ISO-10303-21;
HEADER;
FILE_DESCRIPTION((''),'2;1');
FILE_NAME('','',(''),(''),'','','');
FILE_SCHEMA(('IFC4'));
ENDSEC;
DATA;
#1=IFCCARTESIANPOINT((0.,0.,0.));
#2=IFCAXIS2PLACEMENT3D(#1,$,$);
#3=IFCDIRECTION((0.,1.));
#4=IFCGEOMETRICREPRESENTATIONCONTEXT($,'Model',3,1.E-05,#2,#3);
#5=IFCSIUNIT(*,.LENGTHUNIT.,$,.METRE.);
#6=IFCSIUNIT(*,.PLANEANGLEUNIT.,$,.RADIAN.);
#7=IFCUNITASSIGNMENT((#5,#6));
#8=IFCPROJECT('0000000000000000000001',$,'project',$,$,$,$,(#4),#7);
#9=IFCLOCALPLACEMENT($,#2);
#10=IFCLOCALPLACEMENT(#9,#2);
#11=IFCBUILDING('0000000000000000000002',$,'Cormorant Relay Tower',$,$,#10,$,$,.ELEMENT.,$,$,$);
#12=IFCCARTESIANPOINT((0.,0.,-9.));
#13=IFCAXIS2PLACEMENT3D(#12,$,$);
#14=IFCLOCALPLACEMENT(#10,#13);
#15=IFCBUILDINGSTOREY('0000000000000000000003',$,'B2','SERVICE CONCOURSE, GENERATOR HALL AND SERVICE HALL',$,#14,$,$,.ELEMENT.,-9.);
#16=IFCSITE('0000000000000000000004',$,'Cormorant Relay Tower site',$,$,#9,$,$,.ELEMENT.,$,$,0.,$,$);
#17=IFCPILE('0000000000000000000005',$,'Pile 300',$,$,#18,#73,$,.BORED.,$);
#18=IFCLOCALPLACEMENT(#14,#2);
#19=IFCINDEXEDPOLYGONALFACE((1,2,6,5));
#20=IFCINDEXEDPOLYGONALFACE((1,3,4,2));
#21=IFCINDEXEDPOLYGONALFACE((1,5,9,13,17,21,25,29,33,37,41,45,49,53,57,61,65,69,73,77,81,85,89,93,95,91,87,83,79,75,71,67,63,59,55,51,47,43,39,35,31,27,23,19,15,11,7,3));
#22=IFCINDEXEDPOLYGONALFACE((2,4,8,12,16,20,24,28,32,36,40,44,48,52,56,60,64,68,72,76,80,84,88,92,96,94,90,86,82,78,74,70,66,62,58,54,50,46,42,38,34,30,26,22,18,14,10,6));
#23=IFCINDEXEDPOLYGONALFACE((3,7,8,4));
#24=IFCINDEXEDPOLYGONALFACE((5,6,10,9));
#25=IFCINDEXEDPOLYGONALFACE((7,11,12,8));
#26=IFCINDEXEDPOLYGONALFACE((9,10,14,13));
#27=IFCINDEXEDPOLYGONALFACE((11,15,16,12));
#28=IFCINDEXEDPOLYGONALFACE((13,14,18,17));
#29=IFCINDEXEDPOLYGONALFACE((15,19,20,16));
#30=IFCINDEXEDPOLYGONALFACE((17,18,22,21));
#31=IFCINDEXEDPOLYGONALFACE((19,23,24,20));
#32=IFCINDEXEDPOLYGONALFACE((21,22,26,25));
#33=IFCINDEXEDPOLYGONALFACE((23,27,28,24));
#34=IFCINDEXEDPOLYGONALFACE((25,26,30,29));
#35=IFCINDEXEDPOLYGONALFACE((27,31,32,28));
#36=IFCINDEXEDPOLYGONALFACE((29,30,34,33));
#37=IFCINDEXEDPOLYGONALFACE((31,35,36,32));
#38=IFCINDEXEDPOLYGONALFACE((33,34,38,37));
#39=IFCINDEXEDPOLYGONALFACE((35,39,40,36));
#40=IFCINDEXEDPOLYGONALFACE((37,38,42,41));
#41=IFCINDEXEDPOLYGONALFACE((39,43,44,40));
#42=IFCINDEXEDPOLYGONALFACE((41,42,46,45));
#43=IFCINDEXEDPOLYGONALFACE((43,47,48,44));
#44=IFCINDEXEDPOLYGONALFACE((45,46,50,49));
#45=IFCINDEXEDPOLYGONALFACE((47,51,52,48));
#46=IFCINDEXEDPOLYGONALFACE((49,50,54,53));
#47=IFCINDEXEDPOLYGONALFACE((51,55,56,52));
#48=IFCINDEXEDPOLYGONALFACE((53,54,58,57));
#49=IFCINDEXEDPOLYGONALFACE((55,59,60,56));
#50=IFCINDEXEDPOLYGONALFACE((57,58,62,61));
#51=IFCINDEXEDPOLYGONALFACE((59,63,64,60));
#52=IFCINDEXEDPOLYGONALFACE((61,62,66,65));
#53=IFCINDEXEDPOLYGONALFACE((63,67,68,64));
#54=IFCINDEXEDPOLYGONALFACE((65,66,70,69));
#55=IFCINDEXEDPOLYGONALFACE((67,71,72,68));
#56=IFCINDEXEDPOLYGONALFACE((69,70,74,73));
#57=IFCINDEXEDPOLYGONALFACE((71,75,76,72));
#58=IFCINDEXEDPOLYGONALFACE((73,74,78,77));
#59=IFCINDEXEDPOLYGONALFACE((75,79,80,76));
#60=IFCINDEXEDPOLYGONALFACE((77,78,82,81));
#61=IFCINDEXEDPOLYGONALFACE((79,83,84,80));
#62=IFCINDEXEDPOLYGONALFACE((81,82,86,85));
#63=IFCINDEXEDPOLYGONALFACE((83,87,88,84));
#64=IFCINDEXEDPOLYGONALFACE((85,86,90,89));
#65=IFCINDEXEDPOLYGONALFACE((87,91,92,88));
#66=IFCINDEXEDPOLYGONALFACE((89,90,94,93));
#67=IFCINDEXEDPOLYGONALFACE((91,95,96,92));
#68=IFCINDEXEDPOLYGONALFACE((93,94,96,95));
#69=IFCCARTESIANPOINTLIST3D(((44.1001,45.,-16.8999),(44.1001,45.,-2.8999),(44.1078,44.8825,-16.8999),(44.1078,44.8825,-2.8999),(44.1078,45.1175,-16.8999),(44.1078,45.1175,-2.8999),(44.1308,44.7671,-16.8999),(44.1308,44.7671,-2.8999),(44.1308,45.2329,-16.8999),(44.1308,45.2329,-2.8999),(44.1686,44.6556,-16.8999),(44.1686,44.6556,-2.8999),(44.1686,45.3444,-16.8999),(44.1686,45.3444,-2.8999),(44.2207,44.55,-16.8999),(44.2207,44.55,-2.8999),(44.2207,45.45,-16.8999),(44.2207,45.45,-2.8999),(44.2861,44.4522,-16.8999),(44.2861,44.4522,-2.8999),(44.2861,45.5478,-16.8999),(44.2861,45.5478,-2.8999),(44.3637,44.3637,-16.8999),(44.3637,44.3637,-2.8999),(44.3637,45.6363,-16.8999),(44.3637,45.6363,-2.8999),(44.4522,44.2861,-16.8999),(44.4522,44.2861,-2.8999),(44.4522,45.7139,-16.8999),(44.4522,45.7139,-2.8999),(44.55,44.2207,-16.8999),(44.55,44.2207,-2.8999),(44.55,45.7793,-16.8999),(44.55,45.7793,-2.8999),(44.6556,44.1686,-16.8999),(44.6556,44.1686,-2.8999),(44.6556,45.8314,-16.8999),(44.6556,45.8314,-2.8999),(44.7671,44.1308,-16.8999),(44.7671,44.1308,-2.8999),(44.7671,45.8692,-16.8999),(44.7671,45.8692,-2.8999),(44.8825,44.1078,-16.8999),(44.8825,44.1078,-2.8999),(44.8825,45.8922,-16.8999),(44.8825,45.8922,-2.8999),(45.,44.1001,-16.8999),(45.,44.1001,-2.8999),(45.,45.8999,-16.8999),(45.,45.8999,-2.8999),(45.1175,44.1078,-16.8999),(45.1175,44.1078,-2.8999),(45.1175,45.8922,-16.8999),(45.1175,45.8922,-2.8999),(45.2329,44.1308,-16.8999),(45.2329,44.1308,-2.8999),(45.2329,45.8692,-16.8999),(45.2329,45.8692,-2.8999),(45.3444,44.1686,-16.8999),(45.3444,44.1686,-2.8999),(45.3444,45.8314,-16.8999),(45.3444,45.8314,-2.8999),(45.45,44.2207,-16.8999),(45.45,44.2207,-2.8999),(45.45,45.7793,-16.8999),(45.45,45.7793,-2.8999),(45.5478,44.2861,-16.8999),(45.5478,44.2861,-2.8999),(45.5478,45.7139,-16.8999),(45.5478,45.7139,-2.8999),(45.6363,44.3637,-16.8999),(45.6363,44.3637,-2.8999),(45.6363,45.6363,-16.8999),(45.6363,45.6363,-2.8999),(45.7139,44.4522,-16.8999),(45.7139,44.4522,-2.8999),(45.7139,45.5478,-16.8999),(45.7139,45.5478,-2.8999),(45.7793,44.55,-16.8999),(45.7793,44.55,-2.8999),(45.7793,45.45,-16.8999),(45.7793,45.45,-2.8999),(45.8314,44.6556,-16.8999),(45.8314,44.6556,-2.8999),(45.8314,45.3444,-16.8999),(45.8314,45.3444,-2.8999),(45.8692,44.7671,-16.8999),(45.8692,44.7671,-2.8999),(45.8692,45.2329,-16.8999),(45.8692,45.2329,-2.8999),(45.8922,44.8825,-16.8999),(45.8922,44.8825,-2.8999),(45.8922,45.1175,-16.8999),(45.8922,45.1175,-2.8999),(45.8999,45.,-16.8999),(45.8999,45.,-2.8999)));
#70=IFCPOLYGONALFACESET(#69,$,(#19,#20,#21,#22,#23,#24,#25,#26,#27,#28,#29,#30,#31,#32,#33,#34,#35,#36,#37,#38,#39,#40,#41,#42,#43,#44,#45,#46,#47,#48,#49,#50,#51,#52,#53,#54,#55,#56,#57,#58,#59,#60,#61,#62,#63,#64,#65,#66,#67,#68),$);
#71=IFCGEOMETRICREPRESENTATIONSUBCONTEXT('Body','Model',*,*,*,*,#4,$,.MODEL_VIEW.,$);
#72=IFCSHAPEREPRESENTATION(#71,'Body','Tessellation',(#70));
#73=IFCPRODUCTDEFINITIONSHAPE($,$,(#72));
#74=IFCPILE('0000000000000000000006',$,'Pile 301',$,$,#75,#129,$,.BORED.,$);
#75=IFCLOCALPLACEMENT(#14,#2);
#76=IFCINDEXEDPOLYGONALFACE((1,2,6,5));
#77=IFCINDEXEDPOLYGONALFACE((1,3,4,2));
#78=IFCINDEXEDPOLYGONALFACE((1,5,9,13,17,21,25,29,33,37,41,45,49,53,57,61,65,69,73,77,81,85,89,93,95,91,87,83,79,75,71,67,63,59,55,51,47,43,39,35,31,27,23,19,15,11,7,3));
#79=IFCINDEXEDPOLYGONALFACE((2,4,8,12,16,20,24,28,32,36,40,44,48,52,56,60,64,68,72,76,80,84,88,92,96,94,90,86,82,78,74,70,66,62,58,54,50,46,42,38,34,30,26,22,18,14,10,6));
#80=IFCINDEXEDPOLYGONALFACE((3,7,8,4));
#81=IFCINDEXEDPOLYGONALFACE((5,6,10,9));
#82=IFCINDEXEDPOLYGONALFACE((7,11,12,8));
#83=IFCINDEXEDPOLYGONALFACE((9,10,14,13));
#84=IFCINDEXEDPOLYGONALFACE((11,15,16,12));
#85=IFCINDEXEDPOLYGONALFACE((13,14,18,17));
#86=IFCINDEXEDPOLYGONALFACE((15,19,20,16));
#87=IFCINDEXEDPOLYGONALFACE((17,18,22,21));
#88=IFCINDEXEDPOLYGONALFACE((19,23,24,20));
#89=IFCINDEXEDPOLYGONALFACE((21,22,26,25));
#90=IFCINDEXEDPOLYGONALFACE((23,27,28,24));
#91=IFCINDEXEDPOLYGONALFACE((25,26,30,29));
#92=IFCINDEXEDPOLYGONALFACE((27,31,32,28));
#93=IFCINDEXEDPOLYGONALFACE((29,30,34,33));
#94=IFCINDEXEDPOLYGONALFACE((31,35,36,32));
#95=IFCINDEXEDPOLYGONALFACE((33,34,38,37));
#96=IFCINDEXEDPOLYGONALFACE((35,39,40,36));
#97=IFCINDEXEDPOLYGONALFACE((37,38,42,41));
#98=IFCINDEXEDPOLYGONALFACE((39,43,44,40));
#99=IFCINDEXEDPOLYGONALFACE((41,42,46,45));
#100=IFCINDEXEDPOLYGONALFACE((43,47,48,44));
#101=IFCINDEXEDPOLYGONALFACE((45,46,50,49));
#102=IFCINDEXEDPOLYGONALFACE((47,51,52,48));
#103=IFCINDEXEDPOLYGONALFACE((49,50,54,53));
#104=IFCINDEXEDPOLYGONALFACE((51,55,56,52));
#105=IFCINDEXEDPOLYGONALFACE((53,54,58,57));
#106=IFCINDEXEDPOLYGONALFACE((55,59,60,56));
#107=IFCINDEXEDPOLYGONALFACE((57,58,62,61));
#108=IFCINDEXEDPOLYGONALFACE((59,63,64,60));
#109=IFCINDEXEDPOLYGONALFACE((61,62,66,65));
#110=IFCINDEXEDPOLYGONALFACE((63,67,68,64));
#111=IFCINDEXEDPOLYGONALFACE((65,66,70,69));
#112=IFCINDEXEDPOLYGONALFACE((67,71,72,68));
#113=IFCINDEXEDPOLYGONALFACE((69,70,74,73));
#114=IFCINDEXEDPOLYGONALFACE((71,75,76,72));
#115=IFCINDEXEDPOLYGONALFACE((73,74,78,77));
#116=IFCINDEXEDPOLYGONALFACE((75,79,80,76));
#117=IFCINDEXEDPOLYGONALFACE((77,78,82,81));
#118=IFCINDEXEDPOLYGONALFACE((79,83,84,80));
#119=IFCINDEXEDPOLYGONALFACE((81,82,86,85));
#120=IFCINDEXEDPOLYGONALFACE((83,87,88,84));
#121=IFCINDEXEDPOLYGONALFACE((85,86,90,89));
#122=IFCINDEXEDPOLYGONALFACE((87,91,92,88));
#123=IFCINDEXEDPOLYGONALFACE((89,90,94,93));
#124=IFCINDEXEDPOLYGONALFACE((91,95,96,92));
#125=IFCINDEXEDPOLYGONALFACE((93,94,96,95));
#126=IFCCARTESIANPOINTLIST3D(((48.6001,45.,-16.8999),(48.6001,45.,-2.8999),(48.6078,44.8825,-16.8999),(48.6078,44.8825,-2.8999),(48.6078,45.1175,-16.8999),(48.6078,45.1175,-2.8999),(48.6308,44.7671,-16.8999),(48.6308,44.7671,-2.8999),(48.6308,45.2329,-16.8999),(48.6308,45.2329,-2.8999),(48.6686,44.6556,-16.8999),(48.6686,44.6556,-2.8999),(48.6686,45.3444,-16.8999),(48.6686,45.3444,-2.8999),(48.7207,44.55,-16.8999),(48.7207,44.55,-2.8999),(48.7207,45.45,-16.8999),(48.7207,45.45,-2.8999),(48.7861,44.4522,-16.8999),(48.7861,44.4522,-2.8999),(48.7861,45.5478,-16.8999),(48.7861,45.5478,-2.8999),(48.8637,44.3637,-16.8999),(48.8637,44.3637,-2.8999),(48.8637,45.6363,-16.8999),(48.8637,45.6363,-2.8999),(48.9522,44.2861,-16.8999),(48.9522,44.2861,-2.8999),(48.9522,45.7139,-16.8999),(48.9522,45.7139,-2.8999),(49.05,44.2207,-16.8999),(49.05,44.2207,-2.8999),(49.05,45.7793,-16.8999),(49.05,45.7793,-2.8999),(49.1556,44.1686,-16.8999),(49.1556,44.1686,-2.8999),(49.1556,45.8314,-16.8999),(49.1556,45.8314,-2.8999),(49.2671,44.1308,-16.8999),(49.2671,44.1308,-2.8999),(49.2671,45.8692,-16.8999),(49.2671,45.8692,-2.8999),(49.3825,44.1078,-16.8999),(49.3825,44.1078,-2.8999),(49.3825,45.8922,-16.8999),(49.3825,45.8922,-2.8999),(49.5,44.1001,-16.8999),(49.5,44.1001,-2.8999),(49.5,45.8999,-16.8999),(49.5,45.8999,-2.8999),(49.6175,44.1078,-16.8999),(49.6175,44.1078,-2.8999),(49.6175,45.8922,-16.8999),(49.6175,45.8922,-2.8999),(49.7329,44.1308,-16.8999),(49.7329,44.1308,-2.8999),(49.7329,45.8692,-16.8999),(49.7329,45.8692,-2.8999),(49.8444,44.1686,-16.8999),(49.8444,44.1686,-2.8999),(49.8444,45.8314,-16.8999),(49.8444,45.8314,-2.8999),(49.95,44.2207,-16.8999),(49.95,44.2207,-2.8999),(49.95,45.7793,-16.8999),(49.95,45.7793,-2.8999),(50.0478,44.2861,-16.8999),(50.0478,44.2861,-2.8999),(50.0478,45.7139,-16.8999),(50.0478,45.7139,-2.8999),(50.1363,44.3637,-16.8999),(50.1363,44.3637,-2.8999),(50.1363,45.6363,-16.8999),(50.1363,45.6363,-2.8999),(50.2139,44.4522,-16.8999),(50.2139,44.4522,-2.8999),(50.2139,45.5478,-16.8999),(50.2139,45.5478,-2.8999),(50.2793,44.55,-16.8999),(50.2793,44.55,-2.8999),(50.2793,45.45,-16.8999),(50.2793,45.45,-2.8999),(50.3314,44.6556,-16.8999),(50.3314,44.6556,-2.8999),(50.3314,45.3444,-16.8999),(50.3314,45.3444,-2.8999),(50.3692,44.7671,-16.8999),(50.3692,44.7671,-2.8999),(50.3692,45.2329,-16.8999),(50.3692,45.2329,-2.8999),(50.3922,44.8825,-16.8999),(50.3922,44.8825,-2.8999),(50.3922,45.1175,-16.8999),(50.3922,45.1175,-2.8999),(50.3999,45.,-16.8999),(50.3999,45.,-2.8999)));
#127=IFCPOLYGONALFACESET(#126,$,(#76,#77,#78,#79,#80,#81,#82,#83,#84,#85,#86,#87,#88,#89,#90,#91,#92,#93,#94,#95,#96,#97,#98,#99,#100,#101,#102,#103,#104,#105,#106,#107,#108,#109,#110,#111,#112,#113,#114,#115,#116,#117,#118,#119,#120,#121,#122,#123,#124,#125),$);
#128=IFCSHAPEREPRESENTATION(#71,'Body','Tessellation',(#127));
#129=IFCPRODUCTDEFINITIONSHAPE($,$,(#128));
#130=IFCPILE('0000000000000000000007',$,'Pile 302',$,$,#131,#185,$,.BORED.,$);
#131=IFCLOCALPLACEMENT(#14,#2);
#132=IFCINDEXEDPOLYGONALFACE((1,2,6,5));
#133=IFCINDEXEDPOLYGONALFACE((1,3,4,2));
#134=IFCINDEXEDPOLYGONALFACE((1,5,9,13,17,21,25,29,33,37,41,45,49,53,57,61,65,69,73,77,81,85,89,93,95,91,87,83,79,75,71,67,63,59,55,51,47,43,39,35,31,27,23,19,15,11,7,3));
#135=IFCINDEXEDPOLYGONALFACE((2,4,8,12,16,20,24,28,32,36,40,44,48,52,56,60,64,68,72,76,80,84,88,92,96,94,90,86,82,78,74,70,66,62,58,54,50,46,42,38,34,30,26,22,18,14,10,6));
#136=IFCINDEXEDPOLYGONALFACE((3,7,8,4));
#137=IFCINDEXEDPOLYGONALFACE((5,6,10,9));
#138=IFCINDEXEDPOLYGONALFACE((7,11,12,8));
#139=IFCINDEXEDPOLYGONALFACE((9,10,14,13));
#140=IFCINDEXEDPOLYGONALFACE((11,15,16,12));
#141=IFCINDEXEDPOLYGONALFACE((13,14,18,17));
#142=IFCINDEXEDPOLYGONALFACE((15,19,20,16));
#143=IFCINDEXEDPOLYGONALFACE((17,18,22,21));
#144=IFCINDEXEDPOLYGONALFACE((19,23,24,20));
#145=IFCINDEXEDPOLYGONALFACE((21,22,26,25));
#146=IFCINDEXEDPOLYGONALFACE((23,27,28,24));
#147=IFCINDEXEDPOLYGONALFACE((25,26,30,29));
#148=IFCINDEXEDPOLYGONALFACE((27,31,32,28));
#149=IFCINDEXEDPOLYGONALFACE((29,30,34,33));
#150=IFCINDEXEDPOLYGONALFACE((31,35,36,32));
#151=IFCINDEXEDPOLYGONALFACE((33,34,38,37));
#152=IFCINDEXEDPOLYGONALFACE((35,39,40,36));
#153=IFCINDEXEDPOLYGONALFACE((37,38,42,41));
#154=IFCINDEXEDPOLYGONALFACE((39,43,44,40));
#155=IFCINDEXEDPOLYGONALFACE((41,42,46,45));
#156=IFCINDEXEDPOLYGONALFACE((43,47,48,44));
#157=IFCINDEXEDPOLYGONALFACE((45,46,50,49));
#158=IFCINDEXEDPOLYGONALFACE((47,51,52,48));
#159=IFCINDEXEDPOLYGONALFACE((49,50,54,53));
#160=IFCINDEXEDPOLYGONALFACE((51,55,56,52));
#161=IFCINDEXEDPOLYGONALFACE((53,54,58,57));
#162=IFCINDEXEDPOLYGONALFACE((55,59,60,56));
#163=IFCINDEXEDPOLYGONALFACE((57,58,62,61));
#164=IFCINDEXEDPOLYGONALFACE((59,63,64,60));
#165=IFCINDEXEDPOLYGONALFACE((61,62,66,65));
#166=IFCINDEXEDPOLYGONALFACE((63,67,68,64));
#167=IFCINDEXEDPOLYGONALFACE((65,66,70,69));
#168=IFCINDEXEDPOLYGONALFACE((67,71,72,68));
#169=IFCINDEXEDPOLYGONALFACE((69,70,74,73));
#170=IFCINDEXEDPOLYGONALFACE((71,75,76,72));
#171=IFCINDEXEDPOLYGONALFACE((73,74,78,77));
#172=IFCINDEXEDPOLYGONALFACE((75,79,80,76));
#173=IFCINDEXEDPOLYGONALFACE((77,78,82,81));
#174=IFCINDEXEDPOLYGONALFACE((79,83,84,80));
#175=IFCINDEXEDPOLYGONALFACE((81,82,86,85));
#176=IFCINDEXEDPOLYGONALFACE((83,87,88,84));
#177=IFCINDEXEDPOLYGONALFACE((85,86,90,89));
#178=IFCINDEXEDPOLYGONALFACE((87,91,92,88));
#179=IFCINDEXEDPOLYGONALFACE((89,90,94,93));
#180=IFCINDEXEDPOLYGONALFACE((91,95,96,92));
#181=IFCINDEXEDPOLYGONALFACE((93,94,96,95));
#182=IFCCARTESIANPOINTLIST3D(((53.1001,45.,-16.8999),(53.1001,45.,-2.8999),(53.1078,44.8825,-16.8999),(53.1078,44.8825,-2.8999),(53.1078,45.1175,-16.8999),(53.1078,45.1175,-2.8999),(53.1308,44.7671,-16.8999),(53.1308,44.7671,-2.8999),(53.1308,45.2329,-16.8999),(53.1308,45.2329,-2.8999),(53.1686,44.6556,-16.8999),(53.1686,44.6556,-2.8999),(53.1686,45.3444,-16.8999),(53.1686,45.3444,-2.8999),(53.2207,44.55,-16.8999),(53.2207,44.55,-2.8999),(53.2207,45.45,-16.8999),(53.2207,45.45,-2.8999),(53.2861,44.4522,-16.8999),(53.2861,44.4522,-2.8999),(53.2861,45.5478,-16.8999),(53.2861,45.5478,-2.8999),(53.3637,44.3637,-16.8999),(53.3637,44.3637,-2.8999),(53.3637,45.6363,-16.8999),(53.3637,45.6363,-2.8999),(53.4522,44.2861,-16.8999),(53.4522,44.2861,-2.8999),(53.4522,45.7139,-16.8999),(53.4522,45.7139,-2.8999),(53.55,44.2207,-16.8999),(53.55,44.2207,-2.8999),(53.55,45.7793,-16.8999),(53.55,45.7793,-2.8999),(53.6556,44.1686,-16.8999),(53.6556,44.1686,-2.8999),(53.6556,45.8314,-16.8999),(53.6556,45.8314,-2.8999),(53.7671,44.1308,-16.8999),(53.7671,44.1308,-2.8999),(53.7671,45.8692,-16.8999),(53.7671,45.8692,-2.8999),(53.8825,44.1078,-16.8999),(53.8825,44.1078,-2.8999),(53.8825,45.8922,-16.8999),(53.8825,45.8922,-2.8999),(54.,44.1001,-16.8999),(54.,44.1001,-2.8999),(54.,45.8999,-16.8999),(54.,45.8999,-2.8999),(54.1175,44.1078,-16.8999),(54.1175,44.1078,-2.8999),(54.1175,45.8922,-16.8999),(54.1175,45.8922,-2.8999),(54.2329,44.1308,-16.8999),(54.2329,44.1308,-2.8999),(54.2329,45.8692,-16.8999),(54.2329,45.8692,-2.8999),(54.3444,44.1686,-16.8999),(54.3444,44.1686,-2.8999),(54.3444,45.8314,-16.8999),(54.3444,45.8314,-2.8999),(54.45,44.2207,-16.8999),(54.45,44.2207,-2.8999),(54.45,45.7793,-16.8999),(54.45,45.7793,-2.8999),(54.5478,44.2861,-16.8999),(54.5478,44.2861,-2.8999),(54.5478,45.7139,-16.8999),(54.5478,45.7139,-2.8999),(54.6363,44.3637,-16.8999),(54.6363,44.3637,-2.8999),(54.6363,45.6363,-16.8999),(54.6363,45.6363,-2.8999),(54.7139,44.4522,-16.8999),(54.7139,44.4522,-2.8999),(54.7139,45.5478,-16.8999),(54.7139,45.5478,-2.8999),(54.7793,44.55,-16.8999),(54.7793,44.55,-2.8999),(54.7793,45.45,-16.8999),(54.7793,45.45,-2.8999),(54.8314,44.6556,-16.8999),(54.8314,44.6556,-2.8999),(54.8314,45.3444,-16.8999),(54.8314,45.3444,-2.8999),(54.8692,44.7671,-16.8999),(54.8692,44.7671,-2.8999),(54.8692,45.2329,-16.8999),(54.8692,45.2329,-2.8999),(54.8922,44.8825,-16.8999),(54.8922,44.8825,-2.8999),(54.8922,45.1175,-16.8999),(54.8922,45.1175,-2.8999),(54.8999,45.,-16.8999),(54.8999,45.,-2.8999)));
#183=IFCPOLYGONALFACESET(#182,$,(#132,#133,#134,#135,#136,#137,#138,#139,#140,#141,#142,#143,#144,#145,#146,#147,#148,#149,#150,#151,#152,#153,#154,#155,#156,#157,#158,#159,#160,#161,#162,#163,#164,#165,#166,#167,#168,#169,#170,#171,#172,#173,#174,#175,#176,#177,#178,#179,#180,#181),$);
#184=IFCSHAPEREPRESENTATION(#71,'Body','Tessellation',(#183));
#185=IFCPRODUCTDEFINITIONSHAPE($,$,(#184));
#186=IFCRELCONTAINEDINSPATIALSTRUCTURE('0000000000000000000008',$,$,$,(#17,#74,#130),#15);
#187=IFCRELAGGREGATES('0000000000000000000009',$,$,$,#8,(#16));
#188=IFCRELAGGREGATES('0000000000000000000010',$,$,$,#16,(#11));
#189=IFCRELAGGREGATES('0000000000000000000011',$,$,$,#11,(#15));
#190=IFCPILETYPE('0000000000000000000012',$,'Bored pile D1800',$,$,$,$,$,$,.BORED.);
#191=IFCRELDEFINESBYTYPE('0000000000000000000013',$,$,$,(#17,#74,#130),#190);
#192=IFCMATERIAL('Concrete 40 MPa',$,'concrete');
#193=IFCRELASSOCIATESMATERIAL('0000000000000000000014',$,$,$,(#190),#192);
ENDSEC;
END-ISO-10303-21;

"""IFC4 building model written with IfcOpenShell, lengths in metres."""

from ifc_helpers import new_model, si_unit, direction, frame, origin, origin_2d, place, context, subcontext, project, spatial, circle, extrude, material, material_profile, profile_set, type_object, element, save


model = new_model("IFC4")

# Units and contexts
model_context = context("Model", 3, precision=1e-05, world=origin(), true_north=direction((0.0, 1.0)))
body_context = subcontext(model_context, "Body", "Model", "MODEL_VIEW")
ifc_project = project(units=[si_unit("LENGTHUNIT", "METRE"), si_unit("PLANEANGLEUNIT", "RADIAN")], contexts=[model_context])

# Site, building, storey
site_placement = place(None, origin())
site = spatial("IfcSite", under=ifc_project, at=site_placement, Name="Cormorant Relay Tower site", CompositionType="ELEMENT", RefElevation=0.0)
building_placement = place(site_placement, origin())
building = spatial("IfcBuilding", under=site, at=building_placement, Name="Cormorant Relay Tower", CompositionType="ELEMENT")
storey_placement = place(building_placement, frame((0.0, 0.0, -9.0)))
storey = spatial("IfcBuildingStorey", under=building, at=storey_placement, Name="B2", Description="SERVICE CONCOURSE, GENERATOR HALL AND SERVICE HALL", CompositionType="ELEMENT", Elevation=-9.0)

# Piles
ifc_material_1 = material(Name="Concrete 40 MPa", Category="concrete")
ifc_material_profile_1 = material_profile(ifc_material_1, circle(Radius=0.8999, at=origin_2d()), Name="BP1800")
ifc_profile_set_1 = profile_set([ifc_material_profile_1], Name="Concrete 40 MPa")
pile_type = type_object("IfcPileType", Name="Bored pile D1800", PredefinedType="BORED", material=ifc_profile_set_1)
for number, where, z_axis, x_axis, name in (
    (1, (45.0, 45.0, -2.8999), (0.0, 0.0, -1.0), (1.0, 0.0, 0.0), "Pile 300"),
    (2, (49.5, 45.0, -2.8999), (0.0, 0.0, -1.0), (1.0, 0.0, 0.0), "Pile 301"),
    (3, (54.0, 45.0, -2.8999), (0.0, 0.0, -1.0), (1.0, 0.0, 0.0), "Pile 302"),
):
    element("IfcPile", number, at=place(storey_placement, frame(where, z_axis=z_axis, x_axis=x_axis)), inside=storey, type_object=pile_type, Name=name, PredefinedType="BORED", context=body_context, shape_type="SweptSolid", body=[
        extrude(circle(Radius=0.8999, at=origin_2d()), origin(), (0.0, 0.0, 1.0), 14.0),
    ])

save(model, "model.ifc")
